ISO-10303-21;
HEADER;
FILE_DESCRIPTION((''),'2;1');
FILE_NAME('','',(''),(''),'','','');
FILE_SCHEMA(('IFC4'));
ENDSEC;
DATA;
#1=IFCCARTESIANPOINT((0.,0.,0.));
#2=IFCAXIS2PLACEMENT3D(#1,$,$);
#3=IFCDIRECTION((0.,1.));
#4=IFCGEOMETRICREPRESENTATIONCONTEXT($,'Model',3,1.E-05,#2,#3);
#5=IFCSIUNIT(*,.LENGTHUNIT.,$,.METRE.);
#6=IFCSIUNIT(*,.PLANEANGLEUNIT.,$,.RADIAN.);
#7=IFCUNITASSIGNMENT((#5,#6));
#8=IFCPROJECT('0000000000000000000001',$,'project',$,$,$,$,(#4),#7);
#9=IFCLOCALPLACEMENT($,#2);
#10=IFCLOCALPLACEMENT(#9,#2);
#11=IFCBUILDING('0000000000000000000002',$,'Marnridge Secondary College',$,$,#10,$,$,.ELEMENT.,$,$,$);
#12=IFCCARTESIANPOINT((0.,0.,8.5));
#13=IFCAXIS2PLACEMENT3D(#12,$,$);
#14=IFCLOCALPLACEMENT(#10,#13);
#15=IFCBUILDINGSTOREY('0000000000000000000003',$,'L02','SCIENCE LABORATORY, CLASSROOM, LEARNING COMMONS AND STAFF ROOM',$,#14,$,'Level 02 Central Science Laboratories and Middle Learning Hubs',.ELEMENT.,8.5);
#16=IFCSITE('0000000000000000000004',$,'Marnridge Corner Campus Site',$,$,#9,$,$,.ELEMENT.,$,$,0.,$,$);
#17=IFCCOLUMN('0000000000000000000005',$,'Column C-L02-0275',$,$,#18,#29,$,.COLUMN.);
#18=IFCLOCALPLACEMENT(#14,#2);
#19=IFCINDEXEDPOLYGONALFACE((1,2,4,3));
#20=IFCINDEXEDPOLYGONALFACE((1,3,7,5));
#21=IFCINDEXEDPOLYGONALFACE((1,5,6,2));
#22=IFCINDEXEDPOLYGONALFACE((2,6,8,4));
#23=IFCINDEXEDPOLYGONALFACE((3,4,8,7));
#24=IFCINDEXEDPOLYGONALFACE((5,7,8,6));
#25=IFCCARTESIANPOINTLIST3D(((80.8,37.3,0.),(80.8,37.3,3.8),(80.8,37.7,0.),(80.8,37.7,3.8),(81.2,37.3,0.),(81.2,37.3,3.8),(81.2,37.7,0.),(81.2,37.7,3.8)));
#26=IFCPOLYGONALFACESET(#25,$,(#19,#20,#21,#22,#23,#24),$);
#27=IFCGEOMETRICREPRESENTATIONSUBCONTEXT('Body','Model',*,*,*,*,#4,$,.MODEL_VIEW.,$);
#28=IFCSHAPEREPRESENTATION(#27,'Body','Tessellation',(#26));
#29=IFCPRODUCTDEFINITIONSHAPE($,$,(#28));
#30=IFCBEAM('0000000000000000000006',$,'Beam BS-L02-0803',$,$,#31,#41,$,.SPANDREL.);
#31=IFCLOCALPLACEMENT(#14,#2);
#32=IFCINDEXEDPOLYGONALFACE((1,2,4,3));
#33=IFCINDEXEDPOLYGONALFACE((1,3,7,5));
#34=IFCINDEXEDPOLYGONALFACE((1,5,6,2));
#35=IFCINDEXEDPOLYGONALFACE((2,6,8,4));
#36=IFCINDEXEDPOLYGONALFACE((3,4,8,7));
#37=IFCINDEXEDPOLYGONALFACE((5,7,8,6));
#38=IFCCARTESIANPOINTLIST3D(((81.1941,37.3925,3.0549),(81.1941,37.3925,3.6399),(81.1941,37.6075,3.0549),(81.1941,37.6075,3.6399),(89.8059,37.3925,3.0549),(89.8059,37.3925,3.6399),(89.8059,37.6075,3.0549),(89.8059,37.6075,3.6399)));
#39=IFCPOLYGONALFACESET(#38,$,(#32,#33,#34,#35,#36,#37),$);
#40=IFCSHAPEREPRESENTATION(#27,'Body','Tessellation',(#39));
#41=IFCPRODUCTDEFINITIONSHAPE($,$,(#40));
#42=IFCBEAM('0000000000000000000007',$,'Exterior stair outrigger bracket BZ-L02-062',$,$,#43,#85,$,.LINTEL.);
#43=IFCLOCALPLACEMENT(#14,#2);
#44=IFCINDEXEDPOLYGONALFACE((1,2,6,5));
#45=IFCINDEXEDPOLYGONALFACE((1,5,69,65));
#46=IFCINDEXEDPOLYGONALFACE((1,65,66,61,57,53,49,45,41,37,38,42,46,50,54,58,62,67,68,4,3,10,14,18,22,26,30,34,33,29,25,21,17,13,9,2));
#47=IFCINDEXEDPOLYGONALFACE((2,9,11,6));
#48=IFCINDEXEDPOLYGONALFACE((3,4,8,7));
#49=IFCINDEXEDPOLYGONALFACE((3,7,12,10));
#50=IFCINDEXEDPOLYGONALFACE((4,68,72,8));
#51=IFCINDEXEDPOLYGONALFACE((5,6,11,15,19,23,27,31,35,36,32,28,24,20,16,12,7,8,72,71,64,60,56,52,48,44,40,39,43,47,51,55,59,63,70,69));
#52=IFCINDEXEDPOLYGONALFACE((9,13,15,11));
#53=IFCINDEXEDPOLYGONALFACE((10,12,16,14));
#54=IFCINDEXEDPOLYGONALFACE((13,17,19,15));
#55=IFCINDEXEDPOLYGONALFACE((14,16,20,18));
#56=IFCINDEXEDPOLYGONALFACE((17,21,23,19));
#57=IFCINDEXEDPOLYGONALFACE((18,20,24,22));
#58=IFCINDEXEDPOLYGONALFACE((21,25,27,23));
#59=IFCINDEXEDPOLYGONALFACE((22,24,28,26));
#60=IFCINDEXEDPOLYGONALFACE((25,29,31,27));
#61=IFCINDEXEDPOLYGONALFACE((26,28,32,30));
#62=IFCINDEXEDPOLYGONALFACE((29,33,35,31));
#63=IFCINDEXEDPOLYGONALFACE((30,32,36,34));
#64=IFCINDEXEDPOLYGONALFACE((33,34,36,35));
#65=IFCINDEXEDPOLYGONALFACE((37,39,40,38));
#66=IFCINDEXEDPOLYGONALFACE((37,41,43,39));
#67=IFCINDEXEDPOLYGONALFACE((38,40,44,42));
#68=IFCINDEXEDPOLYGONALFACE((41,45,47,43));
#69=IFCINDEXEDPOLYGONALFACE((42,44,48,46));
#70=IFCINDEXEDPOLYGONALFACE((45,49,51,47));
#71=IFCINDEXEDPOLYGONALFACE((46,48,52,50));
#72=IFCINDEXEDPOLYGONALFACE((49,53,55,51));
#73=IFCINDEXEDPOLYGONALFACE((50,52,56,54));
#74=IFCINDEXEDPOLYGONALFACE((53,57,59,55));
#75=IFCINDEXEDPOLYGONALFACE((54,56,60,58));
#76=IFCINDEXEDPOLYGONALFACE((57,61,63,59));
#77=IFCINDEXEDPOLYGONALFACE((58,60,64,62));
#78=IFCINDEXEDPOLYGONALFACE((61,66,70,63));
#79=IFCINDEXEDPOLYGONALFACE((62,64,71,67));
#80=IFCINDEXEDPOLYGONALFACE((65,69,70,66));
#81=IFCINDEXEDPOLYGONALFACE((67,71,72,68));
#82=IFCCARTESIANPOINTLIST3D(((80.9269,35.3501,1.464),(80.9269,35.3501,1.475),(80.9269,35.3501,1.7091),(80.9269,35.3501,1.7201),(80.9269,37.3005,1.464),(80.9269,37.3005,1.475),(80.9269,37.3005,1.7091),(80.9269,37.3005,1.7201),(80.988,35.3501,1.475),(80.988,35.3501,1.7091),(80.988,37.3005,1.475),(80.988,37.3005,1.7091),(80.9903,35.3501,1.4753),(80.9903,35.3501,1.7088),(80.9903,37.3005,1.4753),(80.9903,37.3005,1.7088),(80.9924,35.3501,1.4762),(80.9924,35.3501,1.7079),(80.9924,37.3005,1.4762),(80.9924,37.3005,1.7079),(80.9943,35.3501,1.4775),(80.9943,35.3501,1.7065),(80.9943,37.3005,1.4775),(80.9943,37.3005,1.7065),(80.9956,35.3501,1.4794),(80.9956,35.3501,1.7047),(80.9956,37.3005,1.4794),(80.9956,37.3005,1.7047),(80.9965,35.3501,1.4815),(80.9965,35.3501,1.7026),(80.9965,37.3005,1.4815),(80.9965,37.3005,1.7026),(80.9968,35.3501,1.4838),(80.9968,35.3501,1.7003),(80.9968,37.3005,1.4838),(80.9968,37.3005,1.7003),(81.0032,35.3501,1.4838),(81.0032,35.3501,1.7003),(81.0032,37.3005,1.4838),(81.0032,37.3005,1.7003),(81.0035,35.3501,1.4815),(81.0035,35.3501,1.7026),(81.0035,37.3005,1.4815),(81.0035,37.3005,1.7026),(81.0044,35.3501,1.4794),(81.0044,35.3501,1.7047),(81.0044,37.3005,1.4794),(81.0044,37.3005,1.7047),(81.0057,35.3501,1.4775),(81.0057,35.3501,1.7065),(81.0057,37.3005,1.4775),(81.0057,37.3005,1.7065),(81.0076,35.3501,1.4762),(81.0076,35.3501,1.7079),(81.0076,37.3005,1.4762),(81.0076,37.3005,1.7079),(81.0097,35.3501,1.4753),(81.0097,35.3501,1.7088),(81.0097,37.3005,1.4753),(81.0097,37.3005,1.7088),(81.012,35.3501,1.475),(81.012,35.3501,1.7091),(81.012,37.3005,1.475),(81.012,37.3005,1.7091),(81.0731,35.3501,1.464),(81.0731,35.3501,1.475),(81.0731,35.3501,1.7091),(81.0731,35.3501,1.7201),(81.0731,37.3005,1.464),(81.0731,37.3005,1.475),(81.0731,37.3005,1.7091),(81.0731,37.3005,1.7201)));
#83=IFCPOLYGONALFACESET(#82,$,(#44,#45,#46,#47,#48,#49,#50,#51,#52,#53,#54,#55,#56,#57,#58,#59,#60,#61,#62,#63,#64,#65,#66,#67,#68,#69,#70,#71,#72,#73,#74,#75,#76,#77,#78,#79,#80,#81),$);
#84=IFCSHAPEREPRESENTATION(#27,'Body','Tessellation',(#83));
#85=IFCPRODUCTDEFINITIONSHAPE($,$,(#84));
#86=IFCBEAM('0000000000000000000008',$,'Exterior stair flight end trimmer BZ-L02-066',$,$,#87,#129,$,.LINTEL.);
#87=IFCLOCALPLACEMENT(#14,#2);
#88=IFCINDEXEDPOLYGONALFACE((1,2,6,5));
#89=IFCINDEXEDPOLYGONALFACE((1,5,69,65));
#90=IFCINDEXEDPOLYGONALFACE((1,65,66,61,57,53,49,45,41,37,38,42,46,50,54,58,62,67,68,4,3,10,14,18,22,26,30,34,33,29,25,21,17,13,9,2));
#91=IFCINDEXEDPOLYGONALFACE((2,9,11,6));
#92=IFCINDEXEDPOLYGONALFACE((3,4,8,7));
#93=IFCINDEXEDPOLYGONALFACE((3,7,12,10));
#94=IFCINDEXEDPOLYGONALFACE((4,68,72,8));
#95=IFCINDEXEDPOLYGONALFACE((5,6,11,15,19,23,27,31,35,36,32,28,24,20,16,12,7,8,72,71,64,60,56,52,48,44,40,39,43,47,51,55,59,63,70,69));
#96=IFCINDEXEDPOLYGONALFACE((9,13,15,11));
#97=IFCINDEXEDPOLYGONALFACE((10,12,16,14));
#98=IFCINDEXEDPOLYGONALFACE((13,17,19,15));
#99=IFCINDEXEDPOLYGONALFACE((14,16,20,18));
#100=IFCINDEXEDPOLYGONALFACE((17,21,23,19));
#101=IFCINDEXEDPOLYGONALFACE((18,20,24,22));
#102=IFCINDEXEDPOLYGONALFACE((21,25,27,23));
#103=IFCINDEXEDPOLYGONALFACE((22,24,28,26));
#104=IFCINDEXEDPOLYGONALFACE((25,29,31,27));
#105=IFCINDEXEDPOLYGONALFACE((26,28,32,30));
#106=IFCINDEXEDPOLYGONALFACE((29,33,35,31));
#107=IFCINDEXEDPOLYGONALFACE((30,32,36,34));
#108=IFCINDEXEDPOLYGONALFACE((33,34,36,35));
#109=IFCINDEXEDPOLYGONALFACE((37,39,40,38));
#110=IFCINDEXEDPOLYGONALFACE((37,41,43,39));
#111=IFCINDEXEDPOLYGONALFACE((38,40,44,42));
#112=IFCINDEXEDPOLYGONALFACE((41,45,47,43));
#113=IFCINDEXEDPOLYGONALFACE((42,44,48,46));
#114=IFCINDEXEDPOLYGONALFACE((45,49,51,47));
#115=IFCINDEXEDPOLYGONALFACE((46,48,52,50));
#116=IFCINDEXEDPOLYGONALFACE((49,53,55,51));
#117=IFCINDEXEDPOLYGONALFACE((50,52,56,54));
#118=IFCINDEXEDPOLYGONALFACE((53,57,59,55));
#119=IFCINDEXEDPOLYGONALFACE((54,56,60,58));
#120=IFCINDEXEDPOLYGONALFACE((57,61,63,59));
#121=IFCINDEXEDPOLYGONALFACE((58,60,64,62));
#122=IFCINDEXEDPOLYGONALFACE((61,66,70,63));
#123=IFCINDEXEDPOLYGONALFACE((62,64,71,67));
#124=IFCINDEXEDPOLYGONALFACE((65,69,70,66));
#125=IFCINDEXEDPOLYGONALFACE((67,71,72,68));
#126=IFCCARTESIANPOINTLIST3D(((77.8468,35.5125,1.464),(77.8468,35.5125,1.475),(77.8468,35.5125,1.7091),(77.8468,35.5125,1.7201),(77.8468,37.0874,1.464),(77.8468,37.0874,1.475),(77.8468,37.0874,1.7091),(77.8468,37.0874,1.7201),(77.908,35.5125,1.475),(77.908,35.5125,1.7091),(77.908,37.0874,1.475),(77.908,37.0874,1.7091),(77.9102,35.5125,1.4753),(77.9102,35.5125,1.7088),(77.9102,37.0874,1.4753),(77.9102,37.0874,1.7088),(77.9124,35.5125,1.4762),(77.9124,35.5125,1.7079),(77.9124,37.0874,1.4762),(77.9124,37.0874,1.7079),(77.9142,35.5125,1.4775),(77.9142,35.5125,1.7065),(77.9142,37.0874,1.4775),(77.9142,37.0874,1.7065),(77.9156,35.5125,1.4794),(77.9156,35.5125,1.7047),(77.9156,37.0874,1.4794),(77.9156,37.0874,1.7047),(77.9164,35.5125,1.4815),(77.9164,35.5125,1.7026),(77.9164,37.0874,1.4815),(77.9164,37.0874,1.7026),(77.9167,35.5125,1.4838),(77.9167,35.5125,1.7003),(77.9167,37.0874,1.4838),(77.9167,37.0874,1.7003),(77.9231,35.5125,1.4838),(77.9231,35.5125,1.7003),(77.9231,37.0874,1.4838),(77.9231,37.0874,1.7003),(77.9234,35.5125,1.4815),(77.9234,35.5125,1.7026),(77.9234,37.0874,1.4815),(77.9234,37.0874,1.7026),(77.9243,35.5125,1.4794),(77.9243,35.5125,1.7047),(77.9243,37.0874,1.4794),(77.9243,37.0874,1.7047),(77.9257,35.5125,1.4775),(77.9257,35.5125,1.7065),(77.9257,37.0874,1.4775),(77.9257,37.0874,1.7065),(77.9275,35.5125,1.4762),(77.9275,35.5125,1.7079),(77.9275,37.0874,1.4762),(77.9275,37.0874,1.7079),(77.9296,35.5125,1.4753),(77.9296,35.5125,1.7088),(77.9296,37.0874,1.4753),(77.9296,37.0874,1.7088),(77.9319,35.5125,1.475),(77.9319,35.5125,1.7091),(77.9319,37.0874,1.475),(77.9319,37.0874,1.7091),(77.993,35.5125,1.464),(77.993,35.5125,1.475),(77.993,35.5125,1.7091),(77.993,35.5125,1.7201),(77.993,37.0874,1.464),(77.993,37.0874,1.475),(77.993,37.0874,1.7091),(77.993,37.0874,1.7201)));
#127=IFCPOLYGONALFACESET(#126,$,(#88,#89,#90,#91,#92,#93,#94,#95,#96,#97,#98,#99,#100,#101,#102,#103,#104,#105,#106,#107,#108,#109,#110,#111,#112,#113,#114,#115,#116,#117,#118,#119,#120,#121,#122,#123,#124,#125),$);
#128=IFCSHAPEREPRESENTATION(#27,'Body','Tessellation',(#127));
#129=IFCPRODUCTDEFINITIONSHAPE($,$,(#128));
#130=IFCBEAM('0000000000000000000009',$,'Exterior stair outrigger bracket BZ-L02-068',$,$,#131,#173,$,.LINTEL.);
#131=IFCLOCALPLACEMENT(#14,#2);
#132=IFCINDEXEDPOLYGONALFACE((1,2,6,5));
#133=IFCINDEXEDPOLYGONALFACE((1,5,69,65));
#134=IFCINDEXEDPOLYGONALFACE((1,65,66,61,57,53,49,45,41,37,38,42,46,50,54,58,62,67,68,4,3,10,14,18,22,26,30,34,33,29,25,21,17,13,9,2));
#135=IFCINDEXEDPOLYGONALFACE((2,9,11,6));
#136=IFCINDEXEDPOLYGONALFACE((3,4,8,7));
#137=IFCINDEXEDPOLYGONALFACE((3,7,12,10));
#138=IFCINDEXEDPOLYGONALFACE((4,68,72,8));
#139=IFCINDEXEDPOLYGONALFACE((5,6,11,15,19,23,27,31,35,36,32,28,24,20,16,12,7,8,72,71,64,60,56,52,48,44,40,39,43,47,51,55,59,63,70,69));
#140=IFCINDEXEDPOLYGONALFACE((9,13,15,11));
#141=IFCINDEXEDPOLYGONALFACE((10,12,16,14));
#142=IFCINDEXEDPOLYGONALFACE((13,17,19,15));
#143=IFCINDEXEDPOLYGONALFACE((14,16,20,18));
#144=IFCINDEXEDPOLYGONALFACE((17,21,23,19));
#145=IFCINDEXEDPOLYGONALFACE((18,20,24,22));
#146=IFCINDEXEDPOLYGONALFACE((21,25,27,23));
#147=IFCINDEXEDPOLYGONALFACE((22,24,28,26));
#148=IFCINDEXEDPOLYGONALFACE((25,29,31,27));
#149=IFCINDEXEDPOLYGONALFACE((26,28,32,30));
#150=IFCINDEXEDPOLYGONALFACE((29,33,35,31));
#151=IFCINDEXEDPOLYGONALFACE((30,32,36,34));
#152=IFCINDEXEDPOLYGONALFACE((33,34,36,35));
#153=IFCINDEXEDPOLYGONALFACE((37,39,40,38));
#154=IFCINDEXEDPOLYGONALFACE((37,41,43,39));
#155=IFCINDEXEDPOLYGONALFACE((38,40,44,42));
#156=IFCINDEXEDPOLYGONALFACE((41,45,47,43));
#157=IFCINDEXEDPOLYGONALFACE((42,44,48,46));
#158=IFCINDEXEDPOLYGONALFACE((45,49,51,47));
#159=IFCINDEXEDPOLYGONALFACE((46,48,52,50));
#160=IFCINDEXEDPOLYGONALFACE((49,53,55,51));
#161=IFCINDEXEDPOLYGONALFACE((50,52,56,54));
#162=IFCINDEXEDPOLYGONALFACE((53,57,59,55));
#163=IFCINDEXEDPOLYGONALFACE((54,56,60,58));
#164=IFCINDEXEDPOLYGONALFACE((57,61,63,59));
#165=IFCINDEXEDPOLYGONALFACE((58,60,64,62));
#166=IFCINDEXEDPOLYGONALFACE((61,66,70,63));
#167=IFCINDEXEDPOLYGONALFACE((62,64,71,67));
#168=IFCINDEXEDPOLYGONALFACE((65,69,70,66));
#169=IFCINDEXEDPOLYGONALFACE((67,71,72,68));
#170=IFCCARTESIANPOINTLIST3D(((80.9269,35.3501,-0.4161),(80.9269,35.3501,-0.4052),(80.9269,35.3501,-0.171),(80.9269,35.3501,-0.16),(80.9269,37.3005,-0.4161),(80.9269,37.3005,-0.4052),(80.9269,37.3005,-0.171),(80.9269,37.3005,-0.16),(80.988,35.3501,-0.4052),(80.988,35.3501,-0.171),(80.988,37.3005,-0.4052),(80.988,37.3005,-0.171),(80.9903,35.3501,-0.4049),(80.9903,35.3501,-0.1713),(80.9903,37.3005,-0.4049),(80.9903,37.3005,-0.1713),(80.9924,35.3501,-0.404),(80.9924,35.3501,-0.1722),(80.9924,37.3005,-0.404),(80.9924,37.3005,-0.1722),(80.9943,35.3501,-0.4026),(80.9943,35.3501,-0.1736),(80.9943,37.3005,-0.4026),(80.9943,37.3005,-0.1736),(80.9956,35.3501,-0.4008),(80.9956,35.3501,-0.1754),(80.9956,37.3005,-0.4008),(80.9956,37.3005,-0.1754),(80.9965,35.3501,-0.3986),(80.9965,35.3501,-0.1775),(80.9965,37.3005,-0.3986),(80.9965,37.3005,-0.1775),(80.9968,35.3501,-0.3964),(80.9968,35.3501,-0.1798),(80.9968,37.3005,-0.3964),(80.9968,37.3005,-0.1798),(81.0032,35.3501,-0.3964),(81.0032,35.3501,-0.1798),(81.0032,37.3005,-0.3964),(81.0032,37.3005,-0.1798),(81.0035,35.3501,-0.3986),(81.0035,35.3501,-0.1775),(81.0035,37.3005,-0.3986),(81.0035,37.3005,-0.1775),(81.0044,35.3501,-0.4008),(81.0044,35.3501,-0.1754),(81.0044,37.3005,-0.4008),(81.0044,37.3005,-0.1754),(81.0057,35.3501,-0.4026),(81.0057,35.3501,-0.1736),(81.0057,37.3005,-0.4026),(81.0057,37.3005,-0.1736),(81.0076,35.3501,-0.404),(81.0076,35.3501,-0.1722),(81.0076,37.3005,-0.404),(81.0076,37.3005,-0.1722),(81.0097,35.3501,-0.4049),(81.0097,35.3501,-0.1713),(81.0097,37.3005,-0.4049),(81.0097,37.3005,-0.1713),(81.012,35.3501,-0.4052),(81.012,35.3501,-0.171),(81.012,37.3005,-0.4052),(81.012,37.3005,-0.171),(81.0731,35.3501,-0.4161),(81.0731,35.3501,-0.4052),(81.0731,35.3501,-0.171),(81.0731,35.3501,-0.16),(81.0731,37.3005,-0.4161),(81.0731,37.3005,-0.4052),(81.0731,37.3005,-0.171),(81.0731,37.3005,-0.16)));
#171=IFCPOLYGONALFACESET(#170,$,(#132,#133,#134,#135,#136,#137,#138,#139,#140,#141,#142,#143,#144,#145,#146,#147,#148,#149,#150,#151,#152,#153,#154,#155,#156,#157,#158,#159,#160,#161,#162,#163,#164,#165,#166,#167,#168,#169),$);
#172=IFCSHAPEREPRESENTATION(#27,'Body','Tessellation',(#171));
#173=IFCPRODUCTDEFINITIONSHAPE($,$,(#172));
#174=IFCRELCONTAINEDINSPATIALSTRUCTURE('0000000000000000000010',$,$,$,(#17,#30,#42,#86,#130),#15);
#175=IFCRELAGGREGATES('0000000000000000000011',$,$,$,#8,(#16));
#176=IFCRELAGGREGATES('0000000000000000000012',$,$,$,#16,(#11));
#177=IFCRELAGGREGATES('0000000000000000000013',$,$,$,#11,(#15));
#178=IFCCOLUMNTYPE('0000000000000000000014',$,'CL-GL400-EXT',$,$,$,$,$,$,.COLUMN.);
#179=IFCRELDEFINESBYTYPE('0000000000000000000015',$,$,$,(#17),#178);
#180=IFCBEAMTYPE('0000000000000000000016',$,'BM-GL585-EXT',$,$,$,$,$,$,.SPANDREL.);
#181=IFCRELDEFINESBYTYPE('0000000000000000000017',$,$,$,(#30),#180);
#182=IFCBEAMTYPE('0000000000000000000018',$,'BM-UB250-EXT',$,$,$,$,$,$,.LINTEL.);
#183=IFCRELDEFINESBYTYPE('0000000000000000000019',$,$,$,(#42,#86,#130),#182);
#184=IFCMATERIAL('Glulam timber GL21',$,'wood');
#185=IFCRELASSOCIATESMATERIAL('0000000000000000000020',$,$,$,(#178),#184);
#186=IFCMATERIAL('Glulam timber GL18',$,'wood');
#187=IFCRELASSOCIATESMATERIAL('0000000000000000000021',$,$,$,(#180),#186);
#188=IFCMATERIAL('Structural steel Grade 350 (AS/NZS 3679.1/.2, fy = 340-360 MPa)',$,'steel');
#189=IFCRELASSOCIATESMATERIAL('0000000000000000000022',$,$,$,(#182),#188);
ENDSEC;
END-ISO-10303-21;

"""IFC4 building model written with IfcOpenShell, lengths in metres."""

from ifc_helpers import new_model, si_unit, direction, frame, origin, origin_2d, place, context, subcontext, project, spatial, rectangle, i_section, extrude, material, material_profile, profile_set, type_object, element, save


model = new_model("IFC4")

# Units and contexts
model_context = context("Model", 3, precision=1e-05, world=origin(), true_north=direction((0.0, 1.0)))
body_context = subcontext(model_context, "Body", "Model", "MODEL_VIEW")
ifc_project = project(units=[si_unit("LENGTHUNIT", "METRE"), si_unit("PLANEANGLEUNIT", "RADIAN")], contexts=[model_context])

# Site, building, storey
site_placement = place(None, origin())
site = spatial("IfcSite", under=ifc_project, at=site_placement, Name="Marnridge Corner Campus Site", CompositionType="ELEMENT", RefElevation=0.0)
building_placement = place(site_placement, origin())
building = spatial("IfcBuilding", under=site, at=building_placement, Name="Marnridge Secondary College", CompositionType="ELEMENT")
storey_placement = place(building_placement, frame((0.0, 0.0, 8.5)))
storey = spatial("IfcBuildingStorey", under=building, at=storey_placement, Name="L02", Description="SCIENCE LABORATORY, CLASSROOM, LEARNING COMMONS AND STAFF ROOM", LongName="Level 02 Central Science Laboratories and Middle Learning Hubs", CompositionType="ELEMENT", Elevation=8.5)

# Column
ifc_material_1 = material(Name="Glulam timber GL21", Category="wood")
ifc_material_profile_1 = material_profile(ifc_material_1, rectangle(XDim=0.3999, YDim=0.3999, at=origin_2d()), Name="GL21 400x400")
ifc_profile_set_1 = profile_set([ifc_material_profile_1], Name="Glulam timber GL21")
column_type = type_object("IfcColumnType", Name="CL-GL400-EXT", PredefinedType="COLUMN", material=ifc_profile_set_1)
column_placement = place(storey_placement, frame((81.0, 37.5, 0.0), z_axis=(0.0, 0.0, 1.0), x_axis=(1.0, 0.0, 0.0)))
element("IfcColumn", 1, at=column_placement, inside=storey, type_object=column_type, Name="Column C-L02-0275", PredefinedType="COLUMN", context=body_context, shape_type="SweptSolid", body=[
    extrude(rectangle(XDim=0.3999, YDim=0.3999, at=origin_2d()), origin(), (0.0, 0.0, 1.0), 3.8),
])

# Beams
ifc_material_2 = material(Name="Glulam timber GL18", Category="wood")
ifc_material_profile_2 = material_profile(ifc_material_2, rectangle(XDim=0.2151, YDim=0.585, at=origin_2d()), Name="GL18 215x585")
ifc_profile_set_2 = profile_set([ifc_material_profile_2], Name="Glulam timber GL18")
beam_type_1 = type_object("IfcBeamType", Name="BM-GL585-EXT", PredefinedType="SPANDREL", material=ifc_profile_set_2)
beam_1_placement = place(storey_placement, frame((81.1941, 37.5, 3.3474), z_axis=(1.0, 0.0, 0.0), x_axis=(0.0, 1.0, 0.0)))
element("IfcBeam", 2, at=beam_1_placement, inside=storey, type_object=beam_type_1, Name="Beam BS-L02-0803", PredefinedType="SPANDREL", context=body_context, shape_type="SweptSolid", body=[
    extrude(rectangle(XDim=0.2151, YDim=0.585, at=origin_2d()), origin(), (0.0, 0.0, 1.0), 8.6118),
])
ifc_material_3 = material(Name="Structural steel Grade 350 (AS/NZS 3679.1/.2, fy = 340-360 MPa)", Category="steel")
ifc_material_profile_3 = material_profile(ifc_material_3, i_section(OverallWidth=0.1462, OverallDepth=0.2561, WebThickness=0.0063, FlangeThickness=0.011, FilletRadius=0.0088, at=origin_2d()), Name="250UB37.3")
ifc_profile_set_3 = profile_set([ifc_material_profile_3], Name="Structural steel Grade 350 (AS/NZS 3679.1/.2, fy = 340-360 MPa)")
beam_type_2 = type_object("IfcBeamType", Name="BM-UB250-EXT", PredefinedType="LINTEL", material=ifc_profile_set_3)
beam_2_placement = place(storey_placement, frame((81.0, 37.3005, 1.592), z_axis=(0.0, -1.0, 0.0), x_axis=(1.0, 0.0, 0.0)))
element("IfcBeam", 3, at=beam_2_placement, inside=storey, type_object=beam_type_2, Name="Exterior stair outrigger bracket BZ-L02-062", PredefinedType="LINTEL", context=body_context, shape_type="SweptSolid", body=[
    extrude(i_section(OverallWidth=0.1462, OverallDepth=0.2561, WebThickness=0.0063, FlangeThickness=0.011, FilletRadius=0.0088, at=origin_2d()), origin(), (0.0, 0.0, 1.0), 1.9504),
])
beam_3_placement = place(storey_placement, frame((77.9199, 35.5125, 1.592), z_axis=(0.0, 1.0, 0.0), x_axis=(-1.0, 0.0, 0.0)))
element("IfcBeam", 4, at=beam_3_placement, inside=storey, type_object=beam_type_2, Name="Exterior stair flight end trimmer BZ-L02-066", PredefinedType="LINTEL", context=body_context, shape_type="SweptSolid", body=[
    extrude(i_section(OverallWidth=0.1462, OverallDepth=0.2561, WebThickness=0.0063, FlangeThickness=0.011, FilletRadius=0.0088, at=origin_2d()), origin(), (0.0, 0.0, 1.0), 1.575),
])
for number, where, z_axis, x_axis, name in (
    (5, (81.0, 37.3005, -0.2881), (0.0, -1.0, 0.0), (1.0, 0.0, 0.0), "Exterior stair outrigger bracket BZ-L02-068"),
):
    element("IfcBeam", number, at=place(storey_placement, frame(where, z_axis=z_axis, x_axis=x_axis)), inside=storey, type_object=beam_type_2, Name=name, PredefinedType="LINTEL", context=body_context, shape_type="SweptSolid", body=[
        extrude(i_section(OverallWidth=0.1462, OverallDepth=0.2561, WebThickness=0.0063, FlangeThickness=0.011, FilletRadius=0.0088, at=origin_2d()), origin(), (0.0, 0.0, 1.0), 1.9504),
    ])

save(model, "model.ifc")
